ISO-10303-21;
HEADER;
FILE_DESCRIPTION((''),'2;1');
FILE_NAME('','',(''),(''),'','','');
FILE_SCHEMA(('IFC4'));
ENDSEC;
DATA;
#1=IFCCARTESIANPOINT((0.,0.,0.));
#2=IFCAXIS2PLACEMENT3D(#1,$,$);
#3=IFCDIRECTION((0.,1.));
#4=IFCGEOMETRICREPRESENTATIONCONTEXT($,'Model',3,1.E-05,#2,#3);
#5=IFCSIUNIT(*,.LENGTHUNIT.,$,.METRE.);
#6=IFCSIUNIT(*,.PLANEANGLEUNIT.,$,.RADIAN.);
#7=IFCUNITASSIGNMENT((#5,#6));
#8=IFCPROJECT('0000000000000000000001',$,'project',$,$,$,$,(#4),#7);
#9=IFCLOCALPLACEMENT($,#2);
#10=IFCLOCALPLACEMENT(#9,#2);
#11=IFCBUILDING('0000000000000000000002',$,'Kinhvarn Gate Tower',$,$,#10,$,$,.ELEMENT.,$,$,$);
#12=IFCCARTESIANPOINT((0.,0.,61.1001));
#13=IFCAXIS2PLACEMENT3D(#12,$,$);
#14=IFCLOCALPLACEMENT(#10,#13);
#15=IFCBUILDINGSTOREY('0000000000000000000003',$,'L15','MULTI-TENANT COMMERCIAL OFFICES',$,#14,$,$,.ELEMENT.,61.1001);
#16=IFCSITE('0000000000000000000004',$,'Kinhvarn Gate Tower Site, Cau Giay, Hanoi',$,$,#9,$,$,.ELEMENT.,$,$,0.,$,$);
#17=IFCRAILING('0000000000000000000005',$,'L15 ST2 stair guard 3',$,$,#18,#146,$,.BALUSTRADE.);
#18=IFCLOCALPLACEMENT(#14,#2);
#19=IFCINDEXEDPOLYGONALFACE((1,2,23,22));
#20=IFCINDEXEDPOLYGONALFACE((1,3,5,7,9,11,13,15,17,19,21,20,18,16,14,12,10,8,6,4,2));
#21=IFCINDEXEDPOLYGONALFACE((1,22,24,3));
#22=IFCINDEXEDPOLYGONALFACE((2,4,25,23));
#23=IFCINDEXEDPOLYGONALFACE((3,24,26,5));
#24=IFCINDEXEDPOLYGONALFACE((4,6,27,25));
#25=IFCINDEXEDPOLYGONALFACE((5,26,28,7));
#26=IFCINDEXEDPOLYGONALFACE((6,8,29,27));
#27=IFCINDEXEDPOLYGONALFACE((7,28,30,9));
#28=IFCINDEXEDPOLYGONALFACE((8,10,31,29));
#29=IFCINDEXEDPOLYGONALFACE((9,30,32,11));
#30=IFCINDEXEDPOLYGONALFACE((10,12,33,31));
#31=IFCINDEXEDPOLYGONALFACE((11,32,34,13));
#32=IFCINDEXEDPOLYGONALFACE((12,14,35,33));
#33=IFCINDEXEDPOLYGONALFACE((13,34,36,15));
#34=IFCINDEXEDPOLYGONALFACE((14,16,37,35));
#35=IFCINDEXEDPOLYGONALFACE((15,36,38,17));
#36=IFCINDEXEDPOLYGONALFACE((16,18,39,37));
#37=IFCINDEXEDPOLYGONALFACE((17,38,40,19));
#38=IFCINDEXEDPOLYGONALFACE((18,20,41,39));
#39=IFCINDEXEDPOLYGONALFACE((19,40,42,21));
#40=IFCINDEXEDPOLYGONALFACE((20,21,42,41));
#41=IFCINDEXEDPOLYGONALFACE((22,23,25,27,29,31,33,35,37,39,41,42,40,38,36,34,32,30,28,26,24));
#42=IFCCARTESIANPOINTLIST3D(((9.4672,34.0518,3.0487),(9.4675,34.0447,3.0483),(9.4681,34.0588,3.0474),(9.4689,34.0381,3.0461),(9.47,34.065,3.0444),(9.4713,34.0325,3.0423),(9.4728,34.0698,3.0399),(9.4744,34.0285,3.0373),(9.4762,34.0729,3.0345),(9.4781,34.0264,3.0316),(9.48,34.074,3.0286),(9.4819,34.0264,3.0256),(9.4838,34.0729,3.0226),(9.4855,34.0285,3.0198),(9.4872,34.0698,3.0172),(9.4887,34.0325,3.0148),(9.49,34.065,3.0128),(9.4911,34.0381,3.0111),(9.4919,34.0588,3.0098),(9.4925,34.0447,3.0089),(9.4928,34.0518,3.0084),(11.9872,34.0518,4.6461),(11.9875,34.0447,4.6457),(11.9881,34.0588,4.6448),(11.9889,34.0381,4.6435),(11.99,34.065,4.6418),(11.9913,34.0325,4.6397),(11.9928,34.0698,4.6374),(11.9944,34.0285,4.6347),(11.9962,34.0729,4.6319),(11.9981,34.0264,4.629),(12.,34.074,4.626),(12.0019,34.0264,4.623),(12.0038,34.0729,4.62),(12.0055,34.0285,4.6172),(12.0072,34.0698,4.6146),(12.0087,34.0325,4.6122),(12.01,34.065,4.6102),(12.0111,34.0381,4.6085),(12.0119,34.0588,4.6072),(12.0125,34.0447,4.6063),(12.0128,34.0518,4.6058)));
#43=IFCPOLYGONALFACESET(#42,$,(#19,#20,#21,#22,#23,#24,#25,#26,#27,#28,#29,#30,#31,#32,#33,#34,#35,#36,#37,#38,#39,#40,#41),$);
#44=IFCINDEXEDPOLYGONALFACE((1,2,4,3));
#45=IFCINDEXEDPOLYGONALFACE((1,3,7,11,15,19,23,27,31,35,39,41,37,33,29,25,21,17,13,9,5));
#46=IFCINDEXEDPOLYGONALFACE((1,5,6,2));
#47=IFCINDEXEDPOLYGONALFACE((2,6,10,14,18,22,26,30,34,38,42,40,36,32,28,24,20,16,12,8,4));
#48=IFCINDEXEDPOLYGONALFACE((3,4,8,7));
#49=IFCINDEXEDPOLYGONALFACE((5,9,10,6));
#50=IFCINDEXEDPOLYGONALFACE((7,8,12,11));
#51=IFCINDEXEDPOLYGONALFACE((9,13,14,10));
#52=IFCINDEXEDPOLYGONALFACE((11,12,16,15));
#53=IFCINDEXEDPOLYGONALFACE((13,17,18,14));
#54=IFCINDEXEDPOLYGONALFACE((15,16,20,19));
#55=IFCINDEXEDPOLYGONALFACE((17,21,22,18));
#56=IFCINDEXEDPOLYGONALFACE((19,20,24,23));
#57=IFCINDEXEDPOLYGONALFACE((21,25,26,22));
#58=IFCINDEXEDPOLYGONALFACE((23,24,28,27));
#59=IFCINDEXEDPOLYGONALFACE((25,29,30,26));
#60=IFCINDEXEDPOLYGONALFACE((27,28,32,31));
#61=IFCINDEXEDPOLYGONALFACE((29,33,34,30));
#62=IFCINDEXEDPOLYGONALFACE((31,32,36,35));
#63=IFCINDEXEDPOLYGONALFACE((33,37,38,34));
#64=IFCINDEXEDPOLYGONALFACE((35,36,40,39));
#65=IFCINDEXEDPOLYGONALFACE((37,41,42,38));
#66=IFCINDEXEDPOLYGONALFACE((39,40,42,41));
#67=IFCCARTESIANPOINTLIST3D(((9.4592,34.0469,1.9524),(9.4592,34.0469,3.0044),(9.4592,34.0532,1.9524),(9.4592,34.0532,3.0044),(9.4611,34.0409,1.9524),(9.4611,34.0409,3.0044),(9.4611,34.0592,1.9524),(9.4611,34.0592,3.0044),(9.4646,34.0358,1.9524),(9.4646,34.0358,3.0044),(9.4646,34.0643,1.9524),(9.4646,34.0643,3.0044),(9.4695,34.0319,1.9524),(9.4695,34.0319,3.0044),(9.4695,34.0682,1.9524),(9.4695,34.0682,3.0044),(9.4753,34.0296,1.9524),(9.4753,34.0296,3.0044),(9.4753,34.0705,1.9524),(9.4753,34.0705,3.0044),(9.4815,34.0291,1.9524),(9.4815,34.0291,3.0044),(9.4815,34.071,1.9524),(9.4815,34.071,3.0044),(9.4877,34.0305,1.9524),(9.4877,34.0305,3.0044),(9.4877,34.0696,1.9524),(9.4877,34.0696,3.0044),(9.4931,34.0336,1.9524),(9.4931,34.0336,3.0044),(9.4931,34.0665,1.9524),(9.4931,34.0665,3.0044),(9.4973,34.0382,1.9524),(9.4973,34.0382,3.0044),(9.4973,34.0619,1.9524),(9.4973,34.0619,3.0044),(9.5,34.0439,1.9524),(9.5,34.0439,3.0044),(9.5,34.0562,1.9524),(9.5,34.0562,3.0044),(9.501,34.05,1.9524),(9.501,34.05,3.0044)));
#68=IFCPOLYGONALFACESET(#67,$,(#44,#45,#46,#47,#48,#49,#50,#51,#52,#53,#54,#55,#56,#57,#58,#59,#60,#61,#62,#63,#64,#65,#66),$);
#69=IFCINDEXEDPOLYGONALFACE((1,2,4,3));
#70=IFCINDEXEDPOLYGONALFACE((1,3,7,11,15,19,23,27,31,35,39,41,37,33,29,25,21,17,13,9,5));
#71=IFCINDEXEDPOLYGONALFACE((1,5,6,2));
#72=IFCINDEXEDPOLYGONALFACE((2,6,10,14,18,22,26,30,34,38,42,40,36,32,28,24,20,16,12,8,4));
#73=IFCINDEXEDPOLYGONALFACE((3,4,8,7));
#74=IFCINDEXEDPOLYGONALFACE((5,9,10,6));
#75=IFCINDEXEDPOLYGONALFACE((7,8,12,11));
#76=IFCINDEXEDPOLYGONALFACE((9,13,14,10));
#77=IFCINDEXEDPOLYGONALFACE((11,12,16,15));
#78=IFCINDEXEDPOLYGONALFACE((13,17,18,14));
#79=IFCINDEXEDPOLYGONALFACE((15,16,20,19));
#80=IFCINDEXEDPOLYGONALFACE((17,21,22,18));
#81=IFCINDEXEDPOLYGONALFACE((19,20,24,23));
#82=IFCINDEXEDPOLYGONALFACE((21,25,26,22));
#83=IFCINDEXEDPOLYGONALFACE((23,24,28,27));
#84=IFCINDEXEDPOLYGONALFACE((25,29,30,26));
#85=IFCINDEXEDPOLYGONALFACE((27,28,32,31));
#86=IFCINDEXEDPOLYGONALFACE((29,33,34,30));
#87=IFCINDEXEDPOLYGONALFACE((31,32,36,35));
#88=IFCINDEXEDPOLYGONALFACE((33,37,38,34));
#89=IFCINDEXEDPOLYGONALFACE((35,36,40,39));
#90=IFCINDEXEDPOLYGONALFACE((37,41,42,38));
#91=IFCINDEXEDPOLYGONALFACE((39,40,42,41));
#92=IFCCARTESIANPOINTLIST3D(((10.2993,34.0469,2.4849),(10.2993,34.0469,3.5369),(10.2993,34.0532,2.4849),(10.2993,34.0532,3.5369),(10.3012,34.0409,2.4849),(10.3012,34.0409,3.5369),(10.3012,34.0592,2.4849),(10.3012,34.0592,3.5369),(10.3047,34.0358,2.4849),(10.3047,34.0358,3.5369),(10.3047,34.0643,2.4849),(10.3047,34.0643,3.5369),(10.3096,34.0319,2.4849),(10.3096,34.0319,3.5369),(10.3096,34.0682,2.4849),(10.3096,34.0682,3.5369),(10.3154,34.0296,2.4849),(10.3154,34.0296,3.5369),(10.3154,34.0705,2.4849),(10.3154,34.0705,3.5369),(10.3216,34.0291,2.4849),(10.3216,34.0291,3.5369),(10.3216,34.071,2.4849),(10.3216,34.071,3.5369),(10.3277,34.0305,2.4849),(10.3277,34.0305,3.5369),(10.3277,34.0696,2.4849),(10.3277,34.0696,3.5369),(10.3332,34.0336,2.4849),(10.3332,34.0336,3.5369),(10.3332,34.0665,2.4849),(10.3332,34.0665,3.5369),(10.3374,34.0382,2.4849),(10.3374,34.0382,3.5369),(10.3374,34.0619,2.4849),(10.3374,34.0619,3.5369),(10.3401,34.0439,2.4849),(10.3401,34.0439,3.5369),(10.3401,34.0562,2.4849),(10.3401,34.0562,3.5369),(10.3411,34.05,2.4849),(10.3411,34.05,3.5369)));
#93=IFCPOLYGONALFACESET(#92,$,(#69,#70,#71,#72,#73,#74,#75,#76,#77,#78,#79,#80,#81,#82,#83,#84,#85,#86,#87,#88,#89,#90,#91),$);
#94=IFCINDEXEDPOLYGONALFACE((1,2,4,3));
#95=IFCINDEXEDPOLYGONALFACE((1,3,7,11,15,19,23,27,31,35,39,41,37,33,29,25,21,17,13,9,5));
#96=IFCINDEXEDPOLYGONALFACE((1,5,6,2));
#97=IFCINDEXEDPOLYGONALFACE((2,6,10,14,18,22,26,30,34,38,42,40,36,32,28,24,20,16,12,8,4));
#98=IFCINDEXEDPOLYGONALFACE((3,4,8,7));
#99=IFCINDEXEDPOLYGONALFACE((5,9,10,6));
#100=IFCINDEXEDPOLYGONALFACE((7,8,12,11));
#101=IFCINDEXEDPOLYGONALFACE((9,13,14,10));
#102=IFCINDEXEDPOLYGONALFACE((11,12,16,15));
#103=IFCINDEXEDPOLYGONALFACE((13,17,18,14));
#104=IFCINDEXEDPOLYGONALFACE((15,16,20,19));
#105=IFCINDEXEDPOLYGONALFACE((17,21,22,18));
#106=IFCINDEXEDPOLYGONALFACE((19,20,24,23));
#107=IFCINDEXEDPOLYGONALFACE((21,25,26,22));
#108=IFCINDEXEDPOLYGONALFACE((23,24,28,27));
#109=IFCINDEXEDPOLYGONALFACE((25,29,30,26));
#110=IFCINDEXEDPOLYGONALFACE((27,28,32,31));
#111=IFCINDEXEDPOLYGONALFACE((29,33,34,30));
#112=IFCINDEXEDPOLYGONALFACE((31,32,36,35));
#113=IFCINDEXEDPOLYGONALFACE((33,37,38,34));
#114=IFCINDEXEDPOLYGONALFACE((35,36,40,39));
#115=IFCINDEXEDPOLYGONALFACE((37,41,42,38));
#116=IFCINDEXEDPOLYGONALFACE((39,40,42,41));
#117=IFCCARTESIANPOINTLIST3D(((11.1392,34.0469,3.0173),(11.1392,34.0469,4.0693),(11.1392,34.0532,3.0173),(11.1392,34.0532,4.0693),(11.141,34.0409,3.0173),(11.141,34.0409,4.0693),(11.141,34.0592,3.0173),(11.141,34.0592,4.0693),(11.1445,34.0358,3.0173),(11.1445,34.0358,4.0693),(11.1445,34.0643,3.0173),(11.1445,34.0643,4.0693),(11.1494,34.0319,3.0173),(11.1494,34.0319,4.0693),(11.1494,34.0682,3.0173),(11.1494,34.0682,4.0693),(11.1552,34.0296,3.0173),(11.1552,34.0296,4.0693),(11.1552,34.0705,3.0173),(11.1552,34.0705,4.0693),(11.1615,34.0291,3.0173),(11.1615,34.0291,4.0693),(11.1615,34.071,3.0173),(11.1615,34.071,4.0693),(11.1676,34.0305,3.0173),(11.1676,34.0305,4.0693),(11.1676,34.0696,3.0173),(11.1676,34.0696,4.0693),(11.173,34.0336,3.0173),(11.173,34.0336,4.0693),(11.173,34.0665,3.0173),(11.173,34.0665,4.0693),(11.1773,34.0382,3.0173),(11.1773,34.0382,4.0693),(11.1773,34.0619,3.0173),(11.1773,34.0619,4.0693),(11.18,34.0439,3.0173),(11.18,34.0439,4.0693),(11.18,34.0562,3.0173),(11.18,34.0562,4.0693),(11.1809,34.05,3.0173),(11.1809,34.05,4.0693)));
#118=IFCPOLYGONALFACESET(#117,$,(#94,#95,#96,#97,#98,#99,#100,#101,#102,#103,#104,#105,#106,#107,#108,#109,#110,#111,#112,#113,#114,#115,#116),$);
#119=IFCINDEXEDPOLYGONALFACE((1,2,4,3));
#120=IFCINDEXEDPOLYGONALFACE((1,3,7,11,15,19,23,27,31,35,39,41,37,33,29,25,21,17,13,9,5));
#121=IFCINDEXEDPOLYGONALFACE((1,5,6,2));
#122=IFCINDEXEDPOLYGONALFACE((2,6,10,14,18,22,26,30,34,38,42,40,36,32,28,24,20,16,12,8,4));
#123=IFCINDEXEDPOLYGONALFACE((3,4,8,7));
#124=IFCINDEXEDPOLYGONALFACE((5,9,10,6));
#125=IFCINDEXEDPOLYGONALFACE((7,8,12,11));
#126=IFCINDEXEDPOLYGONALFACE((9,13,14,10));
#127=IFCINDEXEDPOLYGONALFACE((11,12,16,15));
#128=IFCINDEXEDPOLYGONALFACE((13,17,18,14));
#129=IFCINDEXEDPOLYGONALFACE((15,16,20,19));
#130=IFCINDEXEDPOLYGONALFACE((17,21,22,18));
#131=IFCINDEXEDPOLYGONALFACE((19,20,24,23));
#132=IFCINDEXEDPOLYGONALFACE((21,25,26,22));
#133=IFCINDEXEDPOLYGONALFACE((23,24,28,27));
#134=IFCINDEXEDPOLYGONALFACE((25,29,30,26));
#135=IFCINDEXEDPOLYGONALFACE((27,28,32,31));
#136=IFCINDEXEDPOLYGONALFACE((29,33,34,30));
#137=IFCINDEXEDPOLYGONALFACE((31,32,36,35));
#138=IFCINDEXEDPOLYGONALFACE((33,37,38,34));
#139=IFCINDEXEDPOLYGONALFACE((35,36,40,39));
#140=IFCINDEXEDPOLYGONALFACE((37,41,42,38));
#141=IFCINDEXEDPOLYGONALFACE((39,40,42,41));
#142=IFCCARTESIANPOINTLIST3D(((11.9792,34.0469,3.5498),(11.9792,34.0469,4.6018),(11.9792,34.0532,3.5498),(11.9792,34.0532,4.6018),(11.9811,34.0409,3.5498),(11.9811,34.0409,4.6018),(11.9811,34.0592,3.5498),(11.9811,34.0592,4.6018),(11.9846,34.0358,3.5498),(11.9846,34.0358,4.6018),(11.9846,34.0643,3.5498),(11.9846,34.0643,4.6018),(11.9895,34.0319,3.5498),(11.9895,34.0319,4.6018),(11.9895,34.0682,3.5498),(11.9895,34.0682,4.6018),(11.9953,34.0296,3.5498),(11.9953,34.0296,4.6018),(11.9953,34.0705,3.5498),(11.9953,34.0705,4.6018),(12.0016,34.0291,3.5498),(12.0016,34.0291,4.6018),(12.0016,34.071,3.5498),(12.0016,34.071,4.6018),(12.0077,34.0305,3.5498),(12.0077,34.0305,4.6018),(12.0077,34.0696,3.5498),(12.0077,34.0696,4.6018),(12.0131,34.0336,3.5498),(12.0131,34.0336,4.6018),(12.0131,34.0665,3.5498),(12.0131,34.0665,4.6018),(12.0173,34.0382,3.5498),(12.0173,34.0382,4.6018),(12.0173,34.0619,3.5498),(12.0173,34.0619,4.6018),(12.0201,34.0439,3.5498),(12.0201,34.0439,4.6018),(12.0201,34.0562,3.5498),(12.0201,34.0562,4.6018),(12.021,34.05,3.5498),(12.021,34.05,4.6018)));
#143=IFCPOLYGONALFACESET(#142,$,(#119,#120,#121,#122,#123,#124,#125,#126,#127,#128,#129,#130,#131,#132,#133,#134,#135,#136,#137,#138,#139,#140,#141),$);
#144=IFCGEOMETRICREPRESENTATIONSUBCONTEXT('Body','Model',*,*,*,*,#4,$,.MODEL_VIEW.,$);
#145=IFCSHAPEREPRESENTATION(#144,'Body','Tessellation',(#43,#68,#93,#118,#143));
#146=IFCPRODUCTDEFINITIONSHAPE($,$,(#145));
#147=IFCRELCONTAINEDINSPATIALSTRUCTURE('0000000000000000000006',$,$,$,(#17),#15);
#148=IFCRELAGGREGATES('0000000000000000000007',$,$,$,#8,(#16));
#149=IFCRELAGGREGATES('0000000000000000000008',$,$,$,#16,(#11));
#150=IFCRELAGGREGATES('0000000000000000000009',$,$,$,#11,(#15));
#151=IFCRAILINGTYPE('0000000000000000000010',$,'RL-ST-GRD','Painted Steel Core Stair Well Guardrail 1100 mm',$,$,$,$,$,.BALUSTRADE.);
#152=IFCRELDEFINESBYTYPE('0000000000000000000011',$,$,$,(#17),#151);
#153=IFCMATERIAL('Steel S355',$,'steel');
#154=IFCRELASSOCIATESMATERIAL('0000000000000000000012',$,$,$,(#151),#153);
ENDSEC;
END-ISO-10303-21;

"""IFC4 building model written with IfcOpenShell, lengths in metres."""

from ifc_helpers import new_model, si_unit, direction, frame, origin, origin_2d, place, context, subcontext, project, spatial, circle, extrude, material, type_object, element, save


model = new_model("IFC4")

# Units and contexts
model_context = context("Model", 3, precision=1e-05, world=origin(), true_north=direction((0.0, 1.0)))
body_context = subcontext(model_context, "Body", "Model", "MODEL_VIEW")
ifc_project = project(units=[si_unit("LENGTHUNIT", "METRE"), si_unit("PLANEANGLEUNIT", "RADIAN")], contexts=[model_context])

# Site, building, storey
site_placement = place(None, origin())
site = spatial("IfcSite", under=ifc_project, at=site_placement, Name="Kinhvarn Gate Tower Site, Cau Giay, Hanoi", CompositionType="ELEMENT", RefElevation=0.0)
building_placement = place(site_placement, origin())
building = spatial("IfcBuilding", under=site, at=building_placement, Name="Kinhvarn Gate Tower", CompositionType="ELEMENT")
storey_placement = place(building_placement, frame((0.0, 0.0, 61.1001)))
storey = spatial("IfcBuildingStorey", under=building, at=storey_placement, Name="L15", Description="MULTI-TENANT COMMERCIAL OFFICES", CompositionType="ELEMENT", Elevation=61.1001)

# Shared definitions
ifc_material_1 = material(Name="Steel S355", Category="steel")

# Railing
railing_type_1 = type_object("IfcRailingType", Name="RL-ST-GRD", Description="Painted Steel Core Stair Well Guardrail 1100 mm", PredefinedType="BALUSTRADE", material=ifc_material_1)
railing_1_placement = place(storey_placement, frame((9.48, 34.05, 1.9524)))
element("IfcRailing", 1, at=railing_1_placement, inside=storey, type_object=railing_type_1, Name="L15 ST2 stair guard 3", PredefinedType="BALUSTRADE", context=body_context, shape_type="SweptSolid", body=[
    extrude(circle(Radius=0.0239, at=origin_2d()), frame((0.0, 0.0, 1.0762), z_axis=(0.844607, 0.0, 0.535387), x_axis=(0.0, 1.0, 0.0)), (0.0, 0.0, 1.0), 2.9836),
    extrude(circle(Radius=0.021, at=origin_2d()), origin(), (0.0, 0.0, 1.0), 1.052),
    extrude(circle(Radius=0.021, at=origin_2d()), frame((0.8401, 0.0, 0.5325)), (0.0, 0.0, 1.0), 1.052),
    extrude(circle(Radius=0.021, at=origin_2d()), frame((1.6799, 0.0, 1.0649)), (0.0, 0.0, 1.0), 1.052),
    extrude(circle(Radius=0.021, at=origin_2d()), frame((2.52, 0.0, 1.5974)), (0.0, 0.0, 1.0), 1.052),
])

save(model, "model.ifc")
